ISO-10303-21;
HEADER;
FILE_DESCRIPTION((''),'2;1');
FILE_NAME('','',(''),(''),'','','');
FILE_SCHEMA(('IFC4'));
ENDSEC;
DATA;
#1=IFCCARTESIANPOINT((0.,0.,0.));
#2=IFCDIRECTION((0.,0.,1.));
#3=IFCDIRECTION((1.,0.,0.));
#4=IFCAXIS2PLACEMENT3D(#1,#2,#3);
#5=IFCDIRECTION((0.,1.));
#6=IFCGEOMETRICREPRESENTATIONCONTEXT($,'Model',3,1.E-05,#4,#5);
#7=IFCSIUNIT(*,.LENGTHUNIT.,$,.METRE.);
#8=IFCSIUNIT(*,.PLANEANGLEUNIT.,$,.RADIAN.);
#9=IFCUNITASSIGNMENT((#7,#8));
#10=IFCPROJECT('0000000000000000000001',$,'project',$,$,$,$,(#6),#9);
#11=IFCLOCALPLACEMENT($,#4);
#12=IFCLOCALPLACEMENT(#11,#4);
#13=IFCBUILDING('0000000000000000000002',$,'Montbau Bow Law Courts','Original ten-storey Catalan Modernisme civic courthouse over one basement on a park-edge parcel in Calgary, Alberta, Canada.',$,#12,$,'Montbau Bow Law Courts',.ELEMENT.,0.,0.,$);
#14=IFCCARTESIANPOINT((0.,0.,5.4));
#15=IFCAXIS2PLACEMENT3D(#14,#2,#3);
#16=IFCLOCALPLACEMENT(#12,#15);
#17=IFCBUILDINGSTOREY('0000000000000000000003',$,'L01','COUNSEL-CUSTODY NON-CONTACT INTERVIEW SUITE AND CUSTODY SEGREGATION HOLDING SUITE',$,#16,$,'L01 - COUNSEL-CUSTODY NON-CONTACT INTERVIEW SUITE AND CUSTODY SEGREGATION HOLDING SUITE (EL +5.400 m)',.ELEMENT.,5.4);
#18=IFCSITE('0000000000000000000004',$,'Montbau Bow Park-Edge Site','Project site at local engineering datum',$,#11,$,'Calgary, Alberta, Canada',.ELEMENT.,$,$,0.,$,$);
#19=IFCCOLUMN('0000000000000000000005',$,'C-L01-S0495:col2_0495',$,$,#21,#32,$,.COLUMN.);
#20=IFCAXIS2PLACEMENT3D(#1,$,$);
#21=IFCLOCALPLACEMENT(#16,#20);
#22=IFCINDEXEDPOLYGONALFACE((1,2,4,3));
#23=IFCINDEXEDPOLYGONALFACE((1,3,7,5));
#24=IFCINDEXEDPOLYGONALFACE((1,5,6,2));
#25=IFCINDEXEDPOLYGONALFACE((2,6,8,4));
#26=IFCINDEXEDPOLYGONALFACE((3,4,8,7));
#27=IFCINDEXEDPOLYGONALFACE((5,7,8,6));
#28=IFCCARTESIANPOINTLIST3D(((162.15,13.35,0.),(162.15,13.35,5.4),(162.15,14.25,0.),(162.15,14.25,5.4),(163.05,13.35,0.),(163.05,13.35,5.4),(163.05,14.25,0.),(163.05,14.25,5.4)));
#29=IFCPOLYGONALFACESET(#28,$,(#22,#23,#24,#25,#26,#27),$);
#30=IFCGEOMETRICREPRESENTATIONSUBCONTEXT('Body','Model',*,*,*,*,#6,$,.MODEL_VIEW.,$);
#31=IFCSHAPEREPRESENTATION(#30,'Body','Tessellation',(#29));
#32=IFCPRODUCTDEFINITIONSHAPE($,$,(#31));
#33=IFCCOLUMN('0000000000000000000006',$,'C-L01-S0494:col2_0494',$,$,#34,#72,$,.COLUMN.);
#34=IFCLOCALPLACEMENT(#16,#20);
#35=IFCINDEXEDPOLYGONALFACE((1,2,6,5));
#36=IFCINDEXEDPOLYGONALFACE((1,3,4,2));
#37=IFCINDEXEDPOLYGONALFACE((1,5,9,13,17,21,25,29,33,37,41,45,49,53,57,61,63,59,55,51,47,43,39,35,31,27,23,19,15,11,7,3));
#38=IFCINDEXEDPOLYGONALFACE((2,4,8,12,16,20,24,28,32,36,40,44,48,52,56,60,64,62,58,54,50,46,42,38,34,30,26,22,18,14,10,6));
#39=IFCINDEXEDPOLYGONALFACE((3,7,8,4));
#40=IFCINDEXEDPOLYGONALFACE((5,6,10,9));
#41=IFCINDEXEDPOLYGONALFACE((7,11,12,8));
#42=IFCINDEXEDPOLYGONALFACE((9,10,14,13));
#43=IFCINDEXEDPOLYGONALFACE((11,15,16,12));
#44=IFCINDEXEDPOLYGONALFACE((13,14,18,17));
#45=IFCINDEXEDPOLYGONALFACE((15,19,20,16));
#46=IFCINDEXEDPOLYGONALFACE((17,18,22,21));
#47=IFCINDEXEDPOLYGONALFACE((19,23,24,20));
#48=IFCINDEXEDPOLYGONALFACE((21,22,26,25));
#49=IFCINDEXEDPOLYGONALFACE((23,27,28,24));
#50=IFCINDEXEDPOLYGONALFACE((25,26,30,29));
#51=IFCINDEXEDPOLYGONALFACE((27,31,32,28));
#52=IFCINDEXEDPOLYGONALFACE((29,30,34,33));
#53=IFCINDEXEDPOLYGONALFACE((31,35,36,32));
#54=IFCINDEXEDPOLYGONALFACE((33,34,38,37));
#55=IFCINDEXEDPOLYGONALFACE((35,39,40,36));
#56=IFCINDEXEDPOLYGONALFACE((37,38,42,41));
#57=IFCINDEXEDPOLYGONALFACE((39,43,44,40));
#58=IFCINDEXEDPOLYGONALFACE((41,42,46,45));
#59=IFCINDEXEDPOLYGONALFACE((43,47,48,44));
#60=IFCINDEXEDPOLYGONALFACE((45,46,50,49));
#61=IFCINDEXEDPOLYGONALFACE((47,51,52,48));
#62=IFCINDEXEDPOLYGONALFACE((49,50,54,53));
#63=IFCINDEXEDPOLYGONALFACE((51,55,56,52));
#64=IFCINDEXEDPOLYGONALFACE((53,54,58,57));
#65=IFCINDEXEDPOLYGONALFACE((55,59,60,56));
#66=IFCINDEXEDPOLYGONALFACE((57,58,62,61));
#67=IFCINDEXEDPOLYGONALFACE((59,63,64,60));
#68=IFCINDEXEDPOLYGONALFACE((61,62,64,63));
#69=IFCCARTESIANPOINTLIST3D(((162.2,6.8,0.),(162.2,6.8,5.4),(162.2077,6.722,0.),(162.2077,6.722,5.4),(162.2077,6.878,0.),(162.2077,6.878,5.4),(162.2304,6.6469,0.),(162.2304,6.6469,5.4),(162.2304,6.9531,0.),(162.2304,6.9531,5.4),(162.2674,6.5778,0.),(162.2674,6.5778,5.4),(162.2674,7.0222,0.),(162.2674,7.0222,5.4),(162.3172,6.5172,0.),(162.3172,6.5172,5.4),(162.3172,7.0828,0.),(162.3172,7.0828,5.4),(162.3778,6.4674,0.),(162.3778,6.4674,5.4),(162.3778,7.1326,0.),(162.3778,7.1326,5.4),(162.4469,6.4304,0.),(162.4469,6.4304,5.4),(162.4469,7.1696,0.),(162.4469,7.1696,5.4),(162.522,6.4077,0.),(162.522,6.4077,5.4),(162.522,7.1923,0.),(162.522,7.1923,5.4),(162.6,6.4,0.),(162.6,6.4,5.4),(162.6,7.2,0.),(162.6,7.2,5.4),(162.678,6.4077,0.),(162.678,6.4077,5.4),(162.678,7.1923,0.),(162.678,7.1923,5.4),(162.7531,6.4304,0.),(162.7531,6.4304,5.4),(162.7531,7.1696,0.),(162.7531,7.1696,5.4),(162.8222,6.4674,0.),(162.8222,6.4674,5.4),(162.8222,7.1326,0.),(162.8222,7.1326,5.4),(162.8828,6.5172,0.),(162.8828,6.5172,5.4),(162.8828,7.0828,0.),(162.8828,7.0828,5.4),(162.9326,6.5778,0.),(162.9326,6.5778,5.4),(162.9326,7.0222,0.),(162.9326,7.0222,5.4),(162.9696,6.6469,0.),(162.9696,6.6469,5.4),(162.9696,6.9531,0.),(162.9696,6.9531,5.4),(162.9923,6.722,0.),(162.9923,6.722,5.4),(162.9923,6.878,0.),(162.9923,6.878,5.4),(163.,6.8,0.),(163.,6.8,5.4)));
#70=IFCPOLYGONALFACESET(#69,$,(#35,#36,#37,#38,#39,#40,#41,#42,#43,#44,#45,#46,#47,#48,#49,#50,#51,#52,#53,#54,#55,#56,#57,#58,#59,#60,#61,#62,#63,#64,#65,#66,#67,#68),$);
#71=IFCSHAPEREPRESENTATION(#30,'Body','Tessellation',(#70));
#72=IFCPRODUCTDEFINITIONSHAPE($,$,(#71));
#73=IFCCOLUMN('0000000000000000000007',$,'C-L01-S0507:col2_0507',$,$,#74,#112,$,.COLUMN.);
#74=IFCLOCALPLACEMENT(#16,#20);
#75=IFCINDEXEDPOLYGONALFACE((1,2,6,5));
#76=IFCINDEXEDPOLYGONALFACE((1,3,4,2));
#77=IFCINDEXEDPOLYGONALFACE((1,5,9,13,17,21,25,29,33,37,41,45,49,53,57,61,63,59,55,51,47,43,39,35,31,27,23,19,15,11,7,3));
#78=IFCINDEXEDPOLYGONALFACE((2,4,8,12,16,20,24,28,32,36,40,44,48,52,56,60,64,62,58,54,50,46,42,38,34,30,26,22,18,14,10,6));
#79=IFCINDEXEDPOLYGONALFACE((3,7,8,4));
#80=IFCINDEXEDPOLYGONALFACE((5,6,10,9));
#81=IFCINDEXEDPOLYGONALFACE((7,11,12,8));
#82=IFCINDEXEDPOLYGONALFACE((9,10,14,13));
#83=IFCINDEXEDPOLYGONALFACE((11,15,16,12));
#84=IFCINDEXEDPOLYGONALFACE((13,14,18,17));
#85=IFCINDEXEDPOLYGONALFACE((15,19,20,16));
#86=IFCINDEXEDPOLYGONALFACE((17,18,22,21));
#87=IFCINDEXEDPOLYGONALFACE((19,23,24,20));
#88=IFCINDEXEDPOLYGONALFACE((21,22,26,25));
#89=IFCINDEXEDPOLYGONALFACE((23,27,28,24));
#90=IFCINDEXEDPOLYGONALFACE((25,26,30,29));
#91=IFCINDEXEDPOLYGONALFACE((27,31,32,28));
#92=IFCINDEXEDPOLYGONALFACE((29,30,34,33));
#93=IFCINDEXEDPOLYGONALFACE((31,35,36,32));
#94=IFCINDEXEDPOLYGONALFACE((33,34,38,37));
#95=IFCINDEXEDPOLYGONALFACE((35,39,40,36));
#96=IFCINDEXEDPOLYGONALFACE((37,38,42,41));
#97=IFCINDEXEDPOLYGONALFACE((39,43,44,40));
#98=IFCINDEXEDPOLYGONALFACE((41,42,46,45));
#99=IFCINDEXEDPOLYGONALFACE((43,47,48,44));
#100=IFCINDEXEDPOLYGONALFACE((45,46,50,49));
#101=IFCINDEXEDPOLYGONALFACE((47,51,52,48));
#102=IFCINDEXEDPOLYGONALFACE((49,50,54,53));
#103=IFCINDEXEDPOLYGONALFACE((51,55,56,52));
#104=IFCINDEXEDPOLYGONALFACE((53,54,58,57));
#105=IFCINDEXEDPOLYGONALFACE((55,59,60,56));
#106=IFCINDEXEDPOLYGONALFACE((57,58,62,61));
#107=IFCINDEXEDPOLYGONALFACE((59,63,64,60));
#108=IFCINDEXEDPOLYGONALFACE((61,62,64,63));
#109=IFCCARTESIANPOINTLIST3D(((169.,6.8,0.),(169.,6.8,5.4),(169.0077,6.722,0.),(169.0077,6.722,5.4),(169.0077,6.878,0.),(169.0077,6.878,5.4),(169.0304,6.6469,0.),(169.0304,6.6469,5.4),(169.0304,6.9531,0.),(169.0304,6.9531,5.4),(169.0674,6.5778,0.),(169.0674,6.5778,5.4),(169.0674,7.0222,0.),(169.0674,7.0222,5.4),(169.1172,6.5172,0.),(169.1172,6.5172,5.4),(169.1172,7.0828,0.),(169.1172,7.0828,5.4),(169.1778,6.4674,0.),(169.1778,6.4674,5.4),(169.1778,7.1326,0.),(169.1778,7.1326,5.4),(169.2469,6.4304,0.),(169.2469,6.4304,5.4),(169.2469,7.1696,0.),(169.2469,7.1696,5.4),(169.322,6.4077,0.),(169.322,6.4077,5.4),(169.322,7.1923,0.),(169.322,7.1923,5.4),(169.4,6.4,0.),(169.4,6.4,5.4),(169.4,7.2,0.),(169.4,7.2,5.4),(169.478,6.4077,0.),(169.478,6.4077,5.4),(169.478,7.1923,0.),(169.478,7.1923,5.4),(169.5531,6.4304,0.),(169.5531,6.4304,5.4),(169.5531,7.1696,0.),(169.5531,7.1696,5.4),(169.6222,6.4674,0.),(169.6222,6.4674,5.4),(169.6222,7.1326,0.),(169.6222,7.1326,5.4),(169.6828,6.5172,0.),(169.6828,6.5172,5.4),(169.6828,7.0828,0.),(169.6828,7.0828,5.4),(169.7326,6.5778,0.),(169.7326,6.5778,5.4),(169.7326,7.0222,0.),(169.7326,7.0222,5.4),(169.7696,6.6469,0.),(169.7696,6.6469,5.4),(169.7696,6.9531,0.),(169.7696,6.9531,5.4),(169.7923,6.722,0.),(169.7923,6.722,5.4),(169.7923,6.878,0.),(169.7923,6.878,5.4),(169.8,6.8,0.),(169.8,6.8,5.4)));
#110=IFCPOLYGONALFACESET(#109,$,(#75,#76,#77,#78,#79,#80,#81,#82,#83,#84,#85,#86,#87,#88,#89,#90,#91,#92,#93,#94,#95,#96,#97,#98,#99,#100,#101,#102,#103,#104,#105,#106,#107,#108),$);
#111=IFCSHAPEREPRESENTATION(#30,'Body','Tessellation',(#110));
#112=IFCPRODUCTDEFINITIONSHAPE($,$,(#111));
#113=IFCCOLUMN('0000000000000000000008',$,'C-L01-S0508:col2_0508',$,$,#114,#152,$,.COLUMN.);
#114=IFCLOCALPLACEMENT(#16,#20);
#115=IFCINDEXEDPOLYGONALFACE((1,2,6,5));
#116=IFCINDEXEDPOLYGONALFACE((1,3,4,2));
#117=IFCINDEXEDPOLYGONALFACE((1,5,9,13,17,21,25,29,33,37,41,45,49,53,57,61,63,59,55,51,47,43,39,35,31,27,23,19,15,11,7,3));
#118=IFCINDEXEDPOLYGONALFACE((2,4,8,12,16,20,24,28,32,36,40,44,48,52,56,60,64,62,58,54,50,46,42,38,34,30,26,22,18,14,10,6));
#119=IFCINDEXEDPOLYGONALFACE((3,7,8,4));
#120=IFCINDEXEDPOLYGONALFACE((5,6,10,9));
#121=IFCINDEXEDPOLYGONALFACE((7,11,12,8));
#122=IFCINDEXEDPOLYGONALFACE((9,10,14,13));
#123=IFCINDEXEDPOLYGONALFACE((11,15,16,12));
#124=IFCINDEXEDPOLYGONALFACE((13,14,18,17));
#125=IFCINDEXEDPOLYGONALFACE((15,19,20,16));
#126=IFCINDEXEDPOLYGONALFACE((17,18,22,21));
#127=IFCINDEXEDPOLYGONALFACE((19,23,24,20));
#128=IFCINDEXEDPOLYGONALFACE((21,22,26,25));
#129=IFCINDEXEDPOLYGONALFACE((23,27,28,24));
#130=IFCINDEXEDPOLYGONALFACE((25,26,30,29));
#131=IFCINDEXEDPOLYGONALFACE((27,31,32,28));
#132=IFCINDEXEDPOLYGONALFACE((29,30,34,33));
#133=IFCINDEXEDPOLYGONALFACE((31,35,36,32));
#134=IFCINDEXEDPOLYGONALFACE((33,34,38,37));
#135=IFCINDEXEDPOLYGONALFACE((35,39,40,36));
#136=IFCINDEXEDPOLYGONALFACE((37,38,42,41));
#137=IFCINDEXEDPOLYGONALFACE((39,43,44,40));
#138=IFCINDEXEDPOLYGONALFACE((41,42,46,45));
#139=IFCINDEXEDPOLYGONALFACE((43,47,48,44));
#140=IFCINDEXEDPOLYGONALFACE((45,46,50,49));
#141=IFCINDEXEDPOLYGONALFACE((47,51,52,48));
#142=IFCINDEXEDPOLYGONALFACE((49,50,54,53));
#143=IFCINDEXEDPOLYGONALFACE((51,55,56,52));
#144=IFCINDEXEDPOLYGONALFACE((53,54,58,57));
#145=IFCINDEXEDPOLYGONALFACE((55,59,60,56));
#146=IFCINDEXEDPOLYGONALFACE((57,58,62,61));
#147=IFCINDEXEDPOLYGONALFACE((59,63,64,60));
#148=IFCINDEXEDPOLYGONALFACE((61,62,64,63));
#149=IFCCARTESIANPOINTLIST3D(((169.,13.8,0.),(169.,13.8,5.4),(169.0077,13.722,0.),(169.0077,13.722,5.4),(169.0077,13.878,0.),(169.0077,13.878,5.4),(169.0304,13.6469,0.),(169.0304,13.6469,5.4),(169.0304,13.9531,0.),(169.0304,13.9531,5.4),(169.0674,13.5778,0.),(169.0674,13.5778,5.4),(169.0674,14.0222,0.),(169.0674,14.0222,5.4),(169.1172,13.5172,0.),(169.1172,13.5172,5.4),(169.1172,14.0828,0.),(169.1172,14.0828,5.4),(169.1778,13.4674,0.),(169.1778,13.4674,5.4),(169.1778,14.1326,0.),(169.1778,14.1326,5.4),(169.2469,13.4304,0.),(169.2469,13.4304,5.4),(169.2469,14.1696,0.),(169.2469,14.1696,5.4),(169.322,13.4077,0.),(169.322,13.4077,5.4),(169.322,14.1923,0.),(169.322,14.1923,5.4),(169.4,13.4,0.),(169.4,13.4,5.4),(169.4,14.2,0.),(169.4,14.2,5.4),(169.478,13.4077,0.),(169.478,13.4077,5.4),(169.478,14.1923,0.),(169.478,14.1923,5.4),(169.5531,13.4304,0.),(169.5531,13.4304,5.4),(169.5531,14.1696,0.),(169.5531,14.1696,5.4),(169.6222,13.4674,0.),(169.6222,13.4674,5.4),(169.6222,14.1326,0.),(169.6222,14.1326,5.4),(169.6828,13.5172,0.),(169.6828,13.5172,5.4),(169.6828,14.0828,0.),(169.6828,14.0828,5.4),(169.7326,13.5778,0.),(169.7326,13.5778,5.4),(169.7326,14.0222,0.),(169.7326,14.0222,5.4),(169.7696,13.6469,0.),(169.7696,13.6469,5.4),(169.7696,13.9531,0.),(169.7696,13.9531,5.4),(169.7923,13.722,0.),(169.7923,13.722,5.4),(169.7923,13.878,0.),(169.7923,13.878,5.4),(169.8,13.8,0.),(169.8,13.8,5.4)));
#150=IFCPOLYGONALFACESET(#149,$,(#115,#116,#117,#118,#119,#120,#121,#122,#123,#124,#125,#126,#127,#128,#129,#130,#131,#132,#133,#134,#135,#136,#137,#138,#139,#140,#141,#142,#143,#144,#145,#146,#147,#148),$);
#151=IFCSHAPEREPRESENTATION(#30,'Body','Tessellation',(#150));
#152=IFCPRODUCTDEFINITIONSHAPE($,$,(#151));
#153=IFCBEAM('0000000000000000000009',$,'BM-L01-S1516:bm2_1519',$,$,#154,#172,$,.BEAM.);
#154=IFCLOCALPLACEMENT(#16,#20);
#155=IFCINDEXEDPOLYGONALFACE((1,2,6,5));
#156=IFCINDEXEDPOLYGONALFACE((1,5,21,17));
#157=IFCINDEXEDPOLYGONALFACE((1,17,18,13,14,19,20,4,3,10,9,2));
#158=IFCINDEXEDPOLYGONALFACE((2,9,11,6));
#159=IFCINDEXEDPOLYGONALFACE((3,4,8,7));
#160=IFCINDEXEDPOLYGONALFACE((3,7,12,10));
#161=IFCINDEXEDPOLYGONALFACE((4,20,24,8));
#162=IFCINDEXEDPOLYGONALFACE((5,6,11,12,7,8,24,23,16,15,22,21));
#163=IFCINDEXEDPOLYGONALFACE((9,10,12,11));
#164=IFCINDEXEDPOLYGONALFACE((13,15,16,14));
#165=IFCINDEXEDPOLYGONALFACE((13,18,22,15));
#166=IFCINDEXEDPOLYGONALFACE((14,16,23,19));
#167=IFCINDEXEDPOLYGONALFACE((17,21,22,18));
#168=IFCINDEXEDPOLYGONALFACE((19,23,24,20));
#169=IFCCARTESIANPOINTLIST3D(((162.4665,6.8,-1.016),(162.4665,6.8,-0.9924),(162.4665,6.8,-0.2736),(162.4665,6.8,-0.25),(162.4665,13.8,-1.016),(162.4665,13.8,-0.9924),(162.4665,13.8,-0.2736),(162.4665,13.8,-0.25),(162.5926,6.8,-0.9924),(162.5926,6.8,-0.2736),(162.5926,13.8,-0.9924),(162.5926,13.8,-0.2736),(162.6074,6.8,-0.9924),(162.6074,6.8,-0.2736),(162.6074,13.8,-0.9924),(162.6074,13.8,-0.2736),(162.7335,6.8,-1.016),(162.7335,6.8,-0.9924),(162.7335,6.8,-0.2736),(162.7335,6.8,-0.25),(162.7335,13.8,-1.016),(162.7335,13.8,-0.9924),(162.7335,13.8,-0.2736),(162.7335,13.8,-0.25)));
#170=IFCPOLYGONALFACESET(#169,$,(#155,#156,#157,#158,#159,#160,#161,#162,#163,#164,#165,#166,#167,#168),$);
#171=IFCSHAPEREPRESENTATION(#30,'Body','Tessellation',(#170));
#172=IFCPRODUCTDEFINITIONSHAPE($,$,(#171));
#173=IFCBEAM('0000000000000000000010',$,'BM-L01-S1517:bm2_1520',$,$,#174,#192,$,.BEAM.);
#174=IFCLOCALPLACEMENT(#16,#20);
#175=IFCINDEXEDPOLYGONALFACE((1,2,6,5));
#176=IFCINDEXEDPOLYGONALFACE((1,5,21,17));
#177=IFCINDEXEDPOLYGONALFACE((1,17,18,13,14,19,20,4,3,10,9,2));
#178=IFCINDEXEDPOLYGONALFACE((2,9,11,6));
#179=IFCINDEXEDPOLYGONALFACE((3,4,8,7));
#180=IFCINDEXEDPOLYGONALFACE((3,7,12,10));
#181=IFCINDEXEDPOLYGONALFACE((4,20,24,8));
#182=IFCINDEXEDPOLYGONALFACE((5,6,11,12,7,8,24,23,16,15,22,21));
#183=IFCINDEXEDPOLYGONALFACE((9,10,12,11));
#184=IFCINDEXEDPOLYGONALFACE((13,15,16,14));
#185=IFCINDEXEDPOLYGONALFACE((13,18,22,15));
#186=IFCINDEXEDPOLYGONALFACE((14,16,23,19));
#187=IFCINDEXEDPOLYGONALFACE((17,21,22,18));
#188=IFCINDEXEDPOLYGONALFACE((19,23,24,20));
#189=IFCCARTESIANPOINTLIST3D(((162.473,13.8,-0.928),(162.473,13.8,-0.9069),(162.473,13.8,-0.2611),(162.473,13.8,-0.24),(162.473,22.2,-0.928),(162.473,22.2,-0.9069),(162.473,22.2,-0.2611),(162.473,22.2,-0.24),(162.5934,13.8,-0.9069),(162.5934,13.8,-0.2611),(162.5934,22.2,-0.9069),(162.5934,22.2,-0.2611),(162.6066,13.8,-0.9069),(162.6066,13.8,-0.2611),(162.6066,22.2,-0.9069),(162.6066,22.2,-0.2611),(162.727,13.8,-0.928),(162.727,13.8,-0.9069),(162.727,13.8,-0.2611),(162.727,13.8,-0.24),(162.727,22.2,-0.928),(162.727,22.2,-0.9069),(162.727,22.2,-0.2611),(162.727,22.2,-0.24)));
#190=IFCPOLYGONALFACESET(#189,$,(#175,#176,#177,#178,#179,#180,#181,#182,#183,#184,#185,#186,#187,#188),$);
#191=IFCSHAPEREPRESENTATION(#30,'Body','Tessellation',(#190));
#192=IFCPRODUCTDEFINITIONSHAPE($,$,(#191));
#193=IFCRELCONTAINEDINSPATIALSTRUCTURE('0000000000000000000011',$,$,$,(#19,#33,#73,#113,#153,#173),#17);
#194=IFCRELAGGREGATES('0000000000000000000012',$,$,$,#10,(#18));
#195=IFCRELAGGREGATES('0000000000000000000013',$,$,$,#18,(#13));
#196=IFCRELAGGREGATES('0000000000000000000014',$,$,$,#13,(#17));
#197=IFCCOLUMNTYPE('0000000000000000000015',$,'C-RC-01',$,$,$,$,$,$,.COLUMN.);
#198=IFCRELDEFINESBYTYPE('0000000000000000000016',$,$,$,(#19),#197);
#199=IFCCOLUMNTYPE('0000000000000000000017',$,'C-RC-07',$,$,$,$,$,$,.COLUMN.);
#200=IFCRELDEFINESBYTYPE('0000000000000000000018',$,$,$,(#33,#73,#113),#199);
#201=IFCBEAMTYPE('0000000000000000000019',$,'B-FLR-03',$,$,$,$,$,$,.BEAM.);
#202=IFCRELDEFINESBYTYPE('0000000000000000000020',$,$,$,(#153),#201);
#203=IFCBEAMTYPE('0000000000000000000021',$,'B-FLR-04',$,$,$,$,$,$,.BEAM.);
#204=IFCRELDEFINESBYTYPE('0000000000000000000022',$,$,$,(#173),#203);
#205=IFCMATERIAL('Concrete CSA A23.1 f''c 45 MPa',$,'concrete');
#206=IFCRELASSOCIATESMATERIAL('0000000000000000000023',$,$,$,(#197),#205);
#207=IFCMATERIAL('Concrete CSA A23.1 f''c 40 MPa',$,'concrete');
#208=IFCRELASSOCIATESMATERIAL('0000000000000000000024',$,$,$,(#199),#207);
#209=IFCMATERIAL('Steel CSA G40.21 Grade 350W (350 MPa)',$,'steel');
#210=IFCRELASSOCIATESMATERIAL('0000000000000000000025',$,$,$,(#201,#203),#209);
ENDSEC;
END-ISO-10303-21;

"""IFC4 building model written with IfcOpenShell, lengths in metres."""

from ifc_helpers import new_model, si_unit, direction, frame, origin_with_axes, origin_2d_with_axis, place, context, subcontext, project, spatial, rectangle, circle, i_section, extrude, material, material_profile, profile_set, type_object, element, save


model = new_model("IFC4")

# Units and contexts
model_context = context("Model", 3, precision=1e-05, world=origin_with_axes(), true_north=direction((0.0, 1.0)))
body_context = subcontext(model_context, "Body", "Model", "MODEL_VIEW")
ifc_project = project(units=[si_unit("LENGTHUNIT", "METRE"), si_unit("PLANEANGLEUNIT", "RADIAN")], contexts=[model_context])

# Site, building, storey
site_placement = place(None, origin_with_axes())
site = spatial("IfcSite", under=ifc_project, at=site_placement, Name="Montbau Bow Park-Edge Site", Description="Project site at local engineering datum", LongName="Calgary, Alberta, Canada", CompositionType="ELEMENT", RefElevation=0.0)
building_placement = place(site_placement, origin_with_axes())
building = spatial("IfcBuilding", under=site, at=building_placement, Name="Montbau Bow Law Courts", Description="Original ten-storey Catalan Modernisme civic courthouse over one basement on a park-edge parcel in Calgary, Alberta, Canada.", LongName="Montbau Bow Law Courts", CompositionType="ELEMENT", ElevationOfRefHeight=0.0, ElevationOfTerrain=0.0)
storey_placement = place(building_placement, frame((0.0, 0.0, 5.4), z_axis=(0.0, 0.0, 1.0), x_axis=(1.0, 0.0, 0.0)))
storey = spatial("IfcBuildingStorey", under=building, at=storey_placement, Name="L01", Description="COUNSEL-CUSTODY NON-CONTACT INTERVIEW SUITE AND CUSTODY SEGREGATION HOLDING SUITE", LongName="L01 - COUNSEL-CUSTODY NON-CONTACT INTERVIEW SUITE AND CUSTODY SEGREGATION HOLDING SUITE (EL +5.400 m)", CompositionType="ELEMENT", Elevation=5.4)

# Columns
ifc_material_1 = material(Name="Concrete CSA A23.1 f'c 45 MPa", Category="concrete")
ifc_material_profile_1 = material_profile(ifc_material_1, rectangle(XDim=0.9, YDim=0.9, at=origin_2d_with_axis()), Name="RC900X900", Category="Main", Priority=0)
ifc_profile_set_1 = profile_set([ifc_material_profile_1], Name="Concrete CSA A23.1 f'c 45 MPa")
column_type_1 = type_object("IfcColumnType", Name="C-RC-01", PredefinedType="COLUMN", material=ifc_profile_set_1)
column_placement = place(None, frame((162.6, 13.8, 5.4), z_axis=(0.0, 0.0, 1.0), x_axis=(1.0, 0.0, 0.0)))
element("IfcColumn", 1, at=column_placement, inside=storey, type_object=column_type_1, Name="C-L01-S0495:col2_0495", PredefinedType="COLUMN", context=body_context, shape_type="SweptSolid", body=[
    extrude(rectangle(XDim=0.9, YDim=0.9, at=origin_2d_with_axis()), origin_with_axes(), (0.0, 0.0, 1.0), 5.4),
])
ifc_material_2 = material(Name="Concrete CSA A23.1 f'c 40 MPa", Category="concrete")
ifc_material_profile_2 = material_profile(ifc_material_2, circle(Radius=0.4, at=origin_2d_with_axis()), Name="RC800D", Category="Main", Priority=0)
ifc_profile_set_2 = profile_set([ifc_material_profile_2], Name="Concrete CSA A23.1 f'c 40 MPa")
column_type_2 = type_object("IfcColumnType", Name="C-RC-07", PredefinedType="COLUMN", material=ifc_profile_set_2)
for number, where, z_axis, x_axis, name in (
    (2, (162.6, 6.8, 5.4), (0.0, 0.0, 1.0), (1.0, 0.0, 0.0), "C-L01-S0494:col2_0494"),
    (3, (169.4, 6.8, 5.4), (0.0, 0.0, 1.0), (1.0, 0.0, 0.0), "C-L01-S0507:col2_0507"),
    (4, (169.4, 13.8, 5.4), (0.0, 0.0, 1.0), (1.0, 0.0, 0.0), "C-L01-S0508:col2_0508"),
):
    element("IfcColumn", number, at=place(None, frame(where, z_axis=z_axis, x_axis=x_axis)), inside=storey, type_object=column_type_2, Name=name, PredefinedType="COLUMN", context=body_context, shape_type="SweptSolid", body=[
        extrude(circle(Radius=0.4, at=origin_2d_with_axis()), origin_with_axes(), (0.0, 0.0, 1.0), 5.4),
    ])

# Beams
ifc_material_3 = material(Name="Steel CSA G40.21 Grade 350W (350 MPa)", Category="steel")
ifc_material_profile_3 = material_profile(ifc_material_3, i_section(OverallWidth=0.267, OverallDepth=0.766, WebThickness=0.0149, FlangeThickness=0.0236, at=origin_2d_with_axis()), Name="W760X185", Category="Main", Priority=0)
ifc_profile_set_3 = profile_set([ifc_material_profile_3], Name="Steel CSA G40.21 Grade 350W (350 MPa)")
beam_type_1 = type_object("IfcBeamType", Name="B-FLR-03", PredefinedType="BEAM", material=ifc_profile_set_3)
beam_1_placement = place(None, frame((162.6, 6.8, 4.767), z_axis=(0.0, 1.0, 0.0), x_axis=(-1.0, 0.0, 0.0)))
element("IfcBeam", 5, at=beam_1_placement, inside=storey, type_object=beam_type_1, Name="BM-L01-S1516:bm2_1519", PredefinedType="BEAM", context=body_context, shape_type="SweptSolid", body=[
    extrude(i_section(OverallWidth=0.267, OverallDepth=0.766, WebThickness=0.0149, FlangeThickness=0.0236, at=origin_2d_with_axis()), origin_with_axes(), (0.0, 0.0, 1.0), 7.0),
])
ifc_material_profile_4 = material_profile(ifc_material_3, i_section(OverallWidth=0.254, OverallDepth=0.688, WebThickness=0.0131, FlangeThickness=0.0211, at=origin_2d_with_axis()), Name="W690X152", Category="Main", Priority=0)
ifc_profile_set_4 = profile_set([ifc_material_profile_4], Name="Steel CSA G40.21 Grade 350W (350 MPa)")
beam_type_2 = type_object("IfcBeamType", Name="B-FLR-04", PredefinedType="BEAM", material=ifc_profile_set_4)
beam_2_placement = place(None, frame((162.6, 13.8, 4.816), z_axis=(0.0, 1.0, 0.0), x_axis=(-1.0, 0.0, 0.0)))
element("IfcBeam", 6, at=beam_2_placement, inside=storey, type_object=beam_type_2, Name="BM-L01-S1517:bm2_1520", PredefinedType="BEAM", context=body_context, shape_type="SweptSolid", body=[
    extrude(i_section(OverallWidth=0.254, OverallDepth=0.688, WebThickness=0.0131, FlangeThickness=0.0211, at=origin_2d_with_axis()), origin_with_axes(), (0.0, 0.0, 1.0), 8.4),
])

save(model, "model.ifc")
